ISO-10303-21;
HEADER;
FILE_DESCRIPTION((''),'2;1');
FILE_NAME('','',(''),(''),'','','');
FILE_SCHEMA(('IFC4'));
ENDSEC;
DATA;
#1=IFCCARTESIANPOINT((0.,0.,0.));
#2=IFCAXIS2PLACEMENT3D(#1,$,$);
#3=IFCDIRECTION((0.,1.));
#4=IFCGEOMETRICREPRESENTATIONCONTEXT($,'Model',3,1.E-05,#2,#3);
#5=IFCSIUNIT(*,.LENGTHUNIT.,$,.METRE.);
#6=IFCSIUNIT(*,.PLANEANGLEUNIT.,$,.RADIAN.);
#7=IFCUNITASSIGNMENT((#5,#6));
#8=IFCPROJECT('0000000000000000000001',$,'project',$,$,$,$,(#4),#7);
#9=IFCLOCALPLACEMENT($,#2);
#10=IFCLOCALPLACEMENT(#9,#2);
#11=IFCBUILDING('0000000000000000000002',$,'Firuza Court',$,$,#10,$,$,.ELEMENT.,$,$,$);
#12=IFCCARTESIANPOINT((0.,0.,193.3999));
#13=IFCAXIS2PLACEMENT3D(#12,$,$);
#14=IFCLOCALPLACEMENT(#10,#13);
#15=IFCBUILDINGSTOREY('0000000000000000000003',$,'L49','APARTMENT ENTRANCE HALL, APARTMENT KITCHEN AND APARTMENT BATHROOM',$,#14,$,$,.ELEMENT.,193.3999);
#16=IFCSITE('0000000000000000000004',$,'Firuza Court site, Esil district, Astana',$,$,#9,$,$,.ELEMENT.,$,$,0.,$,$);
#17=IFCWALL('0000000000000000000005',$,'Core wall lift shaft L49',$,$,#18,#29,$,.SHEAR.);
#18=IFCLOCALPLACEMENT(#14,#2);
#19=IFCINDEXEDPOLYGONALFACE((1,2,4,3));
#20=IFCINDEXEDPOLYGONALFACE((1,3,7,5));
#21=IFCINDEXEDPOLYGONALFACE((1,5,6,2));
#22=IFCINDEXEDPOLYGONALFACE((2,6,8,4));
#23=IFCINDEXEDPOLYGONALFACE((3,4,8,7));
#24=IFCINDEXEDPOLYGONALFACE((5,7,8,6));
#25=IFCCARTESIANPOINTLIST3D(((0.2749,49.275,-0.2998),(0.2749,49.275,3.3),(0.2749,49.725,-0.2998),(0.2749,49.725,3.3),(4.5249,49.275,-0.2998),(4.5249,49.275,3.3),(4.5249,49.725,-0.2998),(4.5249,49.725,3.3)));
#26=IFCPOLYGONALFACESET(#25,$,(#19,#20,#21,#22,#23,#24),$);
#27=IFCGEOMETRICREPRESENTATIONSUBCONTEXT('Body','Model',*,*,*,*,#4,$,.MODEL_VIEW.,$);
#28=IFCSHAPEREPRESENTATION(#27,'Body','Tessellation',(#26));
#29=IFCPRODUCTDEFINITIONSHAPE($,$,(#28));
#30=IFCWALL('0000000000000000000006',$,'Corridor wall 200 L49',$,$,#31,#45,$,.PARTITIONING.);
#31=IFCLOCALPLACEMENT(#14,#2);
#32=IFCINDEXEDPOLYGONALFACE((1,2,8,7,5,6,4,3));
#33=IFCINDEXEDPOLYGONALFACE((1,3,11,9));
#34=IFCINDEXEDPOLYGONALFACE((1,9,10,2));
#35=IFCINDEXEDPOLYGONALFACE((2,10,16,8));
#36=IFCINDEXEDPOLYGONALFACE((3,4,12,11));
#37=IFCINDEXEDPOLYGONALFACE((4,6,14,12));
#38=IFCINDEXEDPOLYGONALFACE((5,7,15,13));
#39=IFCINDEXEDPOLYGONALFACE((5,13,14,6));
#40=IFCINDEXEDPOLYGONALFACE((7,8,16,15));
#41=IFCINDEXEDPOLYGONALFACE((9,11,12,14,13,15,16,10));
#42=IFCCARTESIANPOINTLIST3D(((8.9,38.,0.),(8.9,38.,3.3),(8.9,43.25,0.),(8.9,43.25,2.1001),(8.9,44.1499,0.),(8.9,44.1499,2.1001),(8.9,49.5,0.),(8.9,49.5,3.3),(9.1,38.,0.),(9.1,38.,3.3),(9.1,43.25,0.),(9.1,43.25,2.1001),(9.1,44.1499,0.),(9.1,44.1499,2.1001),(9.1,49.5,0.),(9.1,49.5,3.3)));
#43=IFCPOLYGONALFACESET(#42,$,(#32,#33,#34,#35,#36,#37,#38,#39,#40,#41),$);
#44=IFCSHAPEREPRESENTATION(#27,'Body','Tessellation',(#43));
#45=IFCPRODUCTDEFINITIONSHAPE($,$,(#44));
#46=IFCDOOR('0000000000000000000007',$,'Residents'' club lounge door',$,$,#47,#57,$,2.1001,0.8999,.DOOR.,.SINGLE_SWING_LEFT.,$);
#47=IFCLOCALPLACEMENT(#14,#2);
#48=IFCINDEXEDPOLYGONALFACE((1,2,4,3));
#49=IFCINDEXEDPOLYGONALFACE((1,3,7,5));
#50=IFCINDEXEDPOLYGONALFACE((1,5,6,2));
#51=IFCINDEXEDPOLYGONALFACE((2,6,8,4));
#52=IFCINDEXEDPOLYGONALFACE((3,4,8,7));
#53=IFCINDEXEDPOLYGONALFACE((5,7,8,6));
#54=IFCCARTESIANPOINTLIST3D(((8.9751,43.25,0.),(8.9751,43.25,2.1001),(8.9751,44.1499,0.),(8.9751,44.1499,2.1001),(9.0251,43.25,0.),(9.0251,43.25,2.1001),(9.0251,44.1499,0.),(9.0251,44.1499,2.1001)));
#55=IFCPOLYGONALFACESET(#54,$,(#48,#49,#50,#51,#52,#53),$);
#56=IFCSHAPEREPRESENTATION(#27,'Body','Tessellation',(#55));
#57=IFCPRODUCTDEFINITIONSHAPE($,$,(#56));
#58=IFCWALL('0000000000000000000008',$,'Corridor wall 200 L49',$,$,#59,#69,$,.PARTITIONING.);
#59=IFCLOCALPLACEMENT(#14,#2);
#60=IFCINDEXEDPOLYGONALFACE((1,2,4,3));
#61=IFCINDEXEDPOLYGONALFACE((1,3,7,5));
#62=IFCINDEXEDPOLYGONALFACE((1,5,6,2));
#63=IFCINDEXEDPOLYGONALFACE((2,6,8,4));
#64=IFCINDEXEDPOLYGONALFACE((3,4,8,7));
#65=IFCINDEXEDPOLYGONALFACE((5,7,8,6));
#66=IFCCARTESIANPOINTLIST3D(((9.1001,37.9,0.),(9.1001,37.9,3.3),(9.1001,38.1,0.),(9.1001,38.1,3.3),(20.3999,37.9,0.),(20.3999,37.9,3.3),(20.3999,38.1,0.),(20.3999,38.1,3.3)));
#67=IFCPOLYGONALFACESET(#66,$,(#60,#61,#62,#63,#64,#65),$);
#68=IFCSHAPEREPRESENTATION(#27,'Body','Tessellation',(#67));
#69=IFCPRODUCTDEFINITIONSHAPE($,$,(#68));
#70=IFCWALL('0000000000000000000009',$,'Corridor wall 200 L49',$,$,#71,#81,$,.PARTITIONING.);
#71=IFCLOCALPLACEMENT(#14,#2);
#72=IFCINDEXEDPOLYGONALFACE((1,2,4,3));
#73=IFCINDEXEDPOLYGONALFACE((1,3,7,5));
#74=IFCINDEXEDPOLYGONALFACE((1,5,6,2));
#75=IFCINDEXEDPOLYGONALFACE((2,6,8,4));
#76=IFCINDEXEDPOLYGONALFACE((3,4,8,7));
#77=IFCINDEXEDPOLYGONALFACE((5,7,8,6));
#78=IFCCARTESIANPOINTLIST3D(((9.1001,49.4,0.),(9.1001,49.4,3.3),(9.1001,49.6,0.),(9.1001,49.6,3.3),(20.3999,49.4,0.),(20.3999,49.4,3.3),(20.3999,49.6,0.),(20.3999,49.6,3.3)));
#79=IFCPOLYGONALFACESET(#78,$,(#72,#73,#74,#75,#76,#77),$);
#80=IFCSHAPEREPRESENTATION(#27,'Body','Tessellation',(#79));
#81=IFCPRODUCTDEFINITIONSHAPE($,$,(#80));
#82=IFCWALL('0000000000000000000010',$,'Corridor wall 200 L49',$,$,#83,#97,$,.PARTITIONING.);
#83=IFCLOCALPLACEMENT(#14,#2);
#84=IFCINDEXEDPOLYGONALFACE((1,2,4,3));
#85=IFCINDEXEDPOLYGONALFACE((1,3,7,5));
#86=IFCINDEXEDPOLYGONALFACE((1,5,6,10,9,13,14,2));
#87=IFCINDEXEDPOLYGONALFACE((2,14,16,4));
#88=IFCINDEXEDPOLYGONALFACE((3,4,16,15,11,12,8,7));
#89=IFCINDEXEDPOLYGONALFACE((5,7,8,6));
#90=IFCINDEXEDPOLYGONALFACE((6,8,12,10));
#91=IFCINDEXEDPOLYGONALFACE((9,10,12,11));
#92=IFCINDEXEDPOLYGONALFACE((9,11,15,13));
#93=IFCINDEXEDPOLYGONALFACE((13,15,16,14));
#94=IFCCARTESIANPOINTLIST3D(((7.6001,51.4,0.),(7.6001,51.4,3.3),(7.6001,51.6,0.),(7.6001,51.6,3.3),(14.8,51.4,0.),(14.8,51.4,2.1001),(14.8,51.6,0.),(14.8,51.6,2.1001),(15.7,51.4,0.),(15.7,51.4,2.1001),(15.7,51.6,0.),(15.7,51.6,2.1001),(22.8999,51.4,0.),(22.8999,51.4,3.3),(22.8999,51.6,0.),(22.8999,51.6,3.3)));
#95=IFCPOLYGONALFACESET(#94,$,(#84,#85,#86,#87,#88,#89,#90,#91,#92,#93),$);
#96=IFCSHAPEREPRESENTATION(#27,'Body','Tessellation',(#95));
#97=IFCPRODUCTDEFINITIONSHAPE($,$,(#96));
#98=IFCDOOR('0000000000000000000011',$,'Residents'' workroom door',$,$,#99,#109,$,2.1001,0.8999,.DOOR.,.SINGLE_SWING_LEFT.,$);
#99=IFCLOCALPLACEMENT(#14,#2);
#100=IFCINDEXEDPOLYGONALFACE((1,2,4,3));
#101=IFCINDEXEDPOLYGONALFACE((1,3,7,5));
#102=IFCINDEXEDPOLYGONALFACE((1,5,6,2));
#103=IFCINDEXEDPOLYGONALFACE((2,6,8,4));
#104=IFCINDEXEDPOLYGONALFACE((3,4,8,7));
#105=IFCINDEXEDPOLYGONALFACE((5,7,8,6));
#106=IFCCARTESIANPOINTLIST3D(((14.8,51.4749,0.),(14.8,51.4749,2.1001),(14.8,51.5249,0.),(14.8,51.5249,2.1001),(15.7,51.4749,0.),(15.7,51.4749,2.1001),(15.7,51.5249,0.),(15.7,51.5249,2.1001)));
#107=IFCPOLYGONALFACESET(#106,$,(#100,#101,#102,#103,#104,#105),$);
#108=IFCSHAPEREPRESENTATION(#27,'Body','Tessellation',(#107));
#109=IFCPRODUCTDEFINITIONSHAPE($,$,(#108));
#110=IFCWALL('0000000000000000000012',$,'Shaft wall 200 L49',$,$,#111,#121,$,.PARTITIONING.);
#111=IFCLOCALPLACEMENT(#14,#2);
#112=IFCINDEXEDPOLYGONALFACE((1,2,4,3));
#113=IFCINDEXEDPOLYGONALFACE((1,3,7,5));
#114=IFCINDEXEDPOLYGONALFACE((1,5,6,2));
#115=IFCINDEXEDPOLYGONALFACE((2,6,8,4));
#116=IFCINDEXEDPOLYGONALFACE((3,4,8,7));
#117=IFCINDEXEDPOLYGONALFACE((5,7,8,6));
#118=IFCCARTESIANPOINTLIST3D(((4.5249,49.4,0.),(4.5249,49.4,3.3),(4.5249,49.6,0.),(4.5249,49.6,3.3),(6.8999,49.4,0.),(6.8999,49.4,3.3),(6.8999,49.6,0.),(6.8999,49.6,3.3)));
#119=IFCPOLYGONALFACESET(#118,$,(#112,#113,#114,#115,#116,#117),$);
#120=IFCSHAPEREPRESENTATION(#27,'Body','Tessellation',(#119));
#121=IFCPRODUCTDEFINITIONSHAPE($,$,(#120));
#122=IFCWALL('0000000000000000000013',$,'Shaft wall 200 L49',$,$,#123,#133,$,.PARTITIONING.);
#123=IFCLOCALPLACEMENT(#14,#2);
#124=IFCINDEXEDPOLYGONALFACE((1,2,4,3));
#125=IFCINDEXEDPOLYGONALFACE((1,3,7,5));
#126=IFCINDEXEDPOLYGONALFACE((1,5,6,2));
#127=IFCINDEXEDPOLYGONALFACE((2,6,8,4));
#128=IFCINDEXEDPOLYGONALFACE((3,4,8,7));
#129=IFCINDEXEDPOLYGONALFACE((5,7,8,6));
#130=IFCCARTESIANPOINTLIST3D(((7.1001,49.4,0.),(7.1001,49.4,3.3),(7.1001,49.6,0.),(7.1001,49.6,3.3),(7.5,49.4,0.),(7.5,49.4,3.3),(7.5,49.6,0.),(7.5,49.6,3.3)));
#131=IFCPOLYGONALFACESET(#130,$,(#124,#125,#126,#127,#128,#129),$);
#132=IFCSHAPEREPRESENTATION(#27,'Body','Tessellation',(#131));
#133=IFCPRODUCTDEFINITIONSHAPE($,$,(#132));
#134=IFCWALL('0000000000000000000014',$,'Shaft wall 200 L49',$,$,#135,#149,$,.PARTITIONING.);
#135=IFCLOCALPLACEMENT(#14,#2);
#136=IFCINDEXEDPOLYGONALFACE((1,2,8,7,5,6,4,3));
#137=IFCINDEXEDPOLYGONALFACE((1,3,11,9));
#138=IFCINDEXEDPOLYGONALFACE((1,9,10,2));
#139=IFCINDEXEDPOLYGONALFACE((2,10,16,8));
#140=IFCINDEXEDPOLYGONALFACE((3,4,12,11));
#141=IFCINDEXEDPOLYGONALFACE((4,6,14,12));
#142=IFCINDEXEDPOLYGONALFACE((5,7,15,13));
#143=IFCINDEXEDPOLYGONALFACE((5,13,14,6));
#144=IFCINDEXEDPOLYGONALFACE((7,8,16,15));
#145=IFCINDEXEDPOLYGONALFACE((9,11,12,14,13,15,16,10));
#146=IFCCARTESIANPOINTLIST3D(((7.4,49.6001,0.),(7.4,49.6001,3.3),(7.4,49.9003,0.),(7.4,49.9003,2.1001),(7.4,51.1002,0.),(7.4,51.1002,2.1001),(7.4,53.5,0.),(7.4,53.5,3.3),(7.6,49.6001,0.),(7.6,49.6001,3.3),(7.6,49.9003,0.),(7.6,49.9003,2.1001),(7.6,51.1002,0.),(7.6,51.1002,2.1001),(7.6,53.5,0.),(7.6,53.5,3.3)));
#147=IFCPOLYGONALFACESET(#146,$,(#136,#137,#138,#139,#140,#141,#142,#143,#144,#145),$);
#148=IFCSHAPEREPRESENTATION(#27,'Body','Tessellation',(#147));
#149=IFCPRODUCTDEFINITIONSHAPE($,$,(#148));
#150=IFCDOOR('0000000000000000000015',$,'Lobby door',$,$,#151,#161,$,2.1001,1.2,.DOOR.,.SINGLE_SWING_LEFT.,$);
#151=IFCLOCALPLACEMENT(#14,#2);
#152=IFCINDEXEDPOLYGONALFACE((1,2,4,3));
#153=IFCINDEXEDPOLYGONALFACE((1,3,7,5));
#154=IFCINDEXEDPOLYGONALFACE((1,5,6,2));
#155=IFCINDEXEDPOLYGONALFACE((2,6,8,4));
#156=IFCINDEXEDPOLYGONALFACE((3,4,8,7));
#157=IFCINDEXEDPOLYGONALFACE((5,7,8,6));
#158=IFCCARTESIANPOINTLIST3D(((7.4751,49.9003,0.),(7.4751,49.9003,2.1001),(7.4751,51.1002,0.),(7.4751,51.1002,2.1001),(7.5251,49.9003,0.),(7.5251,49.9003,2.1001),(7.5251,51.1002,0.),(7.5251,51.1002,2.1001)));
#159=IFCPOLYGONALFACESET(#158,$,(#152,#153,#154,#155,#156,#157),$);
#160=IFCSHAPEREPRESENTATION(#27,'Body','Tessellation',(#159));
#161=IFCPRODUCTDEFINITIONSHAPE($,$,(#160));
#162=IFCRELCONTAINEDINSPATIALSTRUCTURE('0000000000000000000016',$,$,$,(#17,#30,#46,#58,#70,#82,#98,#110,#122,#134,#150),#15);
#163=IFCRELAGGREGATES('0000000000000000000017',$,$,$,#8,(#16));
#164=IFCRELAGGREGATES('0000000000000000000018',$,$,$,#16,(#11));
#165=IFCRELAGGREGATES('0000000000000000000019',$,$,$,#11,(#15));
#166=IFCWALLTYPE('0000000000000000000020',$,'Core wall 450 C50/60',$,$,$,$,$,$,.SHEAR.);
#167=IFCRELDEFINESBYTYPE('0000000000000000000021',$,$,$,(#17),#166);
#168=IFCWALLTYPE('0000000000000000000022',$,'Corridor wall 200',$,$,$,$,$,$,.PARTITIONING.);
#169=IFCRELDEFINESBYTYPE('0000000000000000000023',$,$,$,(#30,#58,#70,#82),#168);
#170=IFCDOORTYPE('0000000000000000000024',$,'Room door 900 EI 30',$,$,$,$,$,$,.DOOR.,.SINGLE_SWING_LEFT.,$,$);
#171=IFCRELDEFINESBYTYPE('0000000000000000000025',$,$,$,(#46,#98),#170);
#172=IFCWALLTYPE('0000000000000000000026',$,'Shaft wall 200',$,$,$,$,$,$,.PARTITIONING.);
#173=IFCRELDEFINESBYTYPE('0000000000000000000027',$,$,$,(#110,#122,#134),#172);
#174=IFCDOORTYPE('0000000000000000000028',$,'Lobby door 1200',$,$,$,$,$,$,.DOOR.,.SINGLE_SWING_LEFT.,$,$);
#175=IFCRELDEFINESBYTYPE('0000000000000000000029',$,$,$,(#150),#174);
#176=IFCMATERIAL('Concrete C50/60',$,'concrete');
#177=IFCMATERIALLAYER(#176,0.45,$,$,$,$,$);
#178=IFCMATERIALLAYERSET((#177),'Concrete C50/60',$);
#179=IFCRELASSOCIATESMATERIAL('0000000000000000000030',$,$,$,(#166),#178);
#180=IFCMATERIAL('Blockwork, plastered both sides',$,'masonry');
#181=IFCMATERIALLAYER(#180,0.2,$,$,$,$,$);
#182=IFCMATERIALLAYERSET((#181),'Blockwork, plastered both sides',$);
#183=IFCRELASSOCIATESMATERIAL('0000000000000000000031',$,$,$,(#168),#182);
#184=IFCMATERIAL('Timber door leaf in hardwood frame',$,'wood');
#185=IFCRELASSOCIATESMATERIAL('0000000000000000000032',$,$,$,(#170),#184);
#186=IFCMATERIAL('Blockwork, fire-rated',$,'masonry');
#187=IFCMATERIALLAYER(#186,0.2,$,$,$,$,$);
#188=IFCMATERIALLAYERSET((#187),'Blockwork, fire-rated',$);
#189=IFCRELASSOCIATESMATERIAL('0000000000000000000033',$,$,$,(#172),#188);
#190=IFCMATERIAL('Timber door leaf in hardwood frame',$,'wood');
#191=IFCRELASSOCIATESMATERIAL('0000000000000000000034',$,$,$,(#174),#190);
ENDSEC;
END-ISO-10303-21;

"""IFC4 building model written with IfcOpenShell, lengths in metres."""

from ifc_helpers import new_model, si_unit, direction, frame, frame_2d, origin, place, context, subcontext, project, spatial, rectangle, extrude, material, layer, layer_set, type_object, element, fill, save


model = new_model("IFC4")

# Units and contexts
model_context = context("Model", 3, precision=1e-05, world=origin(), true_north=direction((0.0, 1.0)))
body_context = subcontext(model_context, "Body", "Model", "MODEL_VIEW")
ifc_project = project(units=[si_unit("LENGTHUNIT", "METRE"), si_unit("PLANEANGLEUNIT", "RADIAN")], contexts=[model_context])

# Site, building, storey
site_placement = place(None, origin())
site = spatial("IfcSite", under=ifc_project, at=site_placement, Name="Firuza Court site, Esil district, Astana", CompositionType="ELEMENT", RefElevation=0.0)
building_placement = place(site_placement, origin())
building = spatial("IfcBuilding", under=site, at=building_placement, Name="Firuza Court", CompositionType="ELEMENT")
storey_placement = place(building_placement, frame((0.0, 0.0, 193.3999)))
storey = spatial("IfcBuildingStorey", under=building, at=storey_placement, Name="L49", Description="APARTMENT ENTRANCE HALL, APARTMENT KITCHEN AND APARTMENT BATHROOM", CompositionType="ELEMENT", Elevation=193.3999)

# Shared definitions
ifc_material_1 = material(Name="Concrete C50/60", Category="concrete")

# Wall
ifc_layer_1 = layer(ifc_material_1, 0.45)
ifc_layer_set_1 = layer_set([ifc_layer_1], Name="Concrete C50/60")
wall_type_1 = type_object("IfcWallType", Name="Core wall 450 C50/60", PredefinedType="SHEAR", material=ifc_layer_set_1)
wall_1_placement = place(storey_placement, frame((0.2749, 49.5, -0.2998), z_axis=(0.0, 0.0, 1.0), x_axis=(1.0, 0.0, 0.0)))
element("IfcWall", 1, at=wall_1_placement, inside=storey, type_object=wall_type_1, Name="Core wall lift shaft L49", PredefinedType="SHEAR", context=body_context, shape_type="SweptSolid", body=[
    extrude(rectangle(XDim=4.25, YDim=0.45, at=frame_2d((2.125, 0.0))), origin(), (0.0, 0.0, 1.0), 3.5999),
])

# Wall, opening, door
ifc_material_2 = material(Name="Blockwork, plastered both sides", Category="masonry")
ifc_layer_2 = layer(ifc_material_2, 0.2)
ifc_layer_set_2 = layer_set([ifc_layer_2], Name="Blockwork, plastered both sides")
wall_type_2 = type_object("IfcWallType", Name="Corridor wall 200", PredefinedType="PARTITIONING", material=ifc_layer_set_2)
wall_2_placement = place(storey_placement, frame((9.0, 38.0, 0.0), z_axis=(0.0, 0.0, 1.0), x_axis=(0.0, 1.0, 0.0)))
wall_2 = element("IfcWall", 2, at=wall_2_placement, inside=storey, type_object=wall_type_2, Name="Corridor wall 200 L49", PredefinedType="PARTITIONING", context=body_context, shape_type="SweptSolid", body=[
    extrude(rectangle(XDim=11.5, YDim=0.2, at=frame_2d((5.75, 0.0))), origin(), (0.0, 0.0, 1.0), 3.3),
])
opening_1_placement = place(wall_2_placement, frame((5.25, 0.0, 0.0)))
opening_1 = element("IfcOpeningElement", 3, at=opening_1_placement, cuts=wall_2, PredefinedType="OPENING", context=body_context, shape_type="SweptSolid", body=[
    extrude(rectangle(XDim=0.8999, YDim=2.1001, at=frame_2d((0.45, 1.05))), frame((0.0, 0.1118, 0.0), z_axis=(0.0, -1.0, 0.0), x_axis=(1.0, 0.0, 0.0)), (0.0, 0.0, 1.0), 0.2239),
])
ifc_material_3 = material(Name="Timber door leaf in hardwood frame", Category="wood")
door_type_1 = type_object("IfcDoorType", Name="Room door 900 EI 30", OperationType="SINGLE_SWING_LEFT", PredefinedType="DOOR", material=ifc_material_3)
door_1_placement = place(opening_1_placement, origin())
door_1 = element("IfcDoor", 4, at=door_1_placement, inside=storey, type_object=door_type_1, Name="Residents' club lounge door", OperationType="SINGLE_SWING_LEFT", OverallHeight=2.1001, OverallWidth=0.8999, PredefinedType="DOOR", context=body_context, shape_type="SweptSolid", body=[
    extrude(rectangle(XDim=0.8999, YDim=2.1001, at=frame_2d((0.45, 1.05))), frame((0.0, 0.0249, 0.0), z_axis=(0.0, -1.0, 0.0), x_axis=(1.0, 0.0, 0.0)), (0.0, 0.0, 1.0), 0.05),
])
fill(opening_1, door_1)

# Walls
for number, where, z_axis, x_axis, name in (
    (5, (9.1001, 38.0, 0.0), (0.0, 0.0, 1.0), (1.0, 0.0, 0.0), "Corridor wall 200 L49"),
    (6, (9.1001, 49.5, 0.0), (0.0, 0.0, 1.0), (1.0, 0.0, 0.0), "Corridor wall 200 L49"),
):
    element("IfcWall", number, at=place(storey_placement, frame(where, z_axis=z_axis, x_axis=x_axis)), inside=storey, type_object=wall_type_2, Name=name, PredefinedType="PARTITIONING", context=body_context, shape_type="SweptSolid", body=[
        extrude(rectangle(XDim=11.2998, YDim=0.2, at=frame_2d((5.6499, 0.0))), origin(), (0.0, 0.0, 1.0), 3.3),
    ])

# Wall, opening, door
wall_3_placement = place(storey_placement, frame((7.6001, 51.5, 0.0), z_axis=(0.0, 0.0, 1.0), x_axis=(1.0, 0.0, 0.0)))
wall_3 = element("IfcWall", 7, at=wall_3_placement, inside=storey, type_object=wall_type_2, Name="Corridor wall 200 L49", PredefinedType="PARTITIONING", context=body_context, shape_type="SweptSolid", body=[
    extrude(rectangle(XDim=15.2998, YDim=0.2, at=frame_2d((7.6499, 0.0))), origin(), (0.0, 0.0, 1.0), 3.3),
])
opening_2_placement = place(wall_3_placement, frame((7.2, 0.0, 0.0)))
opening_2 = element("IfcOpeningElement", 8, at=opening_2_placement, cuts=wall_3, PredefinedType="OPENING", context=body_context, shape_type="SweptSolid", body=[
    extrude(rectangle(XDim=0.8999, YDim=2.1001, at=frame_2d((0.45, 1.05))), frame((0.0, 0.1118, 0.0), z_axis=(0.0, -1.0, 0.0), x_axis=(1.0, 0.0, 0.0)), (0.0, 0.0, 1.0), 0.2239),
])
door_2_placement = place(opening_2_placement, origin())
door_2 = element("IfcDoor", 9, at=door_2_placement, inside=storey, type_object=door_type_1, Name="Residents' workroom door", OperationType="SINGLE_SWING_LEFT", OverallHeight=2.1001, OverallWidth=0.8999, PredefinedType="DOOR", context=body_context, shape_type="SweptSolid", body=[
    extrude(rectangle(XDim=0.8999, YDim=2.1001, at=frame_2d((0.45, 1.05))), frame((0.0, 0.0249, 0.0), z_axis=(0.0, -1.0, 0.0), x_axis=(1.0, 0.0, 0.0)), (0.0, 0.0, 1.0), 0.05),
])
fill(opening_2, door_2)

# Walls
ifc_material_4 = material(Name="Blockwork, fire-rated", Category="masonry")
ifc_layer_3 = layer(ifc_material_4, 0.2)
ifc_layer_set_3 = layer_set([ifc_layer_3], Name="Blockwork, fire-rated")
wall_type_3 = type_object("IfcWallType", Name="Shaft wall 200", PredefinedType="PARTITIONING", material=ifc_layer_set_3)
wall_4_placement = place(storey_placement, frame((4.5249, 49.5, 0.0), z_axis=(0.0, 0.0, 1.0), x_axis=(1.0, 0.0, 0.0)))
element("IfcWall", 10, at=wall_4_placement, inside=storey, type_object=wall_type_3, Name="Shaft wall 200 L49", PredefinedType="PARTITIONING", context=body_context, shape_type="SweptSolid", body=[
    extrude(rectangle(XDim=2.375, YDim=0.2, at=frame_2d((1.1875, 0.0))), origin(), (0.0, 0.0, 1.0), 3.3),
])
wall_5_placement = place(storey_placement, frame((7.1001, 49.5, 0.0), z_axis=(0.0, 0.0, 1.0), x_axis=(1.0, 0.0, 0.0)))
element("IfcWall", 11, at=wall_5_placement, inside=storey, type_object=wall_type_3, Name="Shaft wall 200 L49", PredefinedType="PARTITIONING", context=body_context, shape_type="SweptSolid", body=[
    extrude(rectangle(XDim=0.3999, YDim=0.2, at=frame_2d((0.2, 0.0))), origin(), (0.0, 0.0, 1.0), 3.3),
])

# Wall, opening, door
wall_6_placement = place(storey_placement, frame((7.5, 49.6001, 0.0), z_axis=(0.0, 0.0, 1.0), x_axis=(0.0, 1.0, 0.0)))
wall_6 = element("IfcWall", 12, at=wall_6_placement, inside=storey, type_object=wall_type_3, Name="Shaft wall 200 L49", PredefinedType="PARTITIONING", context=body_context, shape_type="SweptSolid", body=[
    extrude(rectangle(XDim=3.8999, YDim=0.2, at=frame_2d((1.95, 0.0))), origin(), (0.0, 0.0, 1.0), 3.3),
])
opening_3_placement = place(wall_6_placement, frame((0.3, 0.0, 0.0)))
opening_3 = element("IfcOpeningElement", 13, at=opening_3_placement, cuts=wall_6, PredefinedType="OPENING", context=body_context, shape_type="SweptSolid", body=[
    extrude(rectangle(XDim=1.2, YDim=2.1001, at=frame_2d((0.6001, 1.05))), frame((0.0, 0.1118, 0.0), z_axis=(0.0, -1.0, 0.0), x_axis=(1.0, 0.0, 0.0)), (0.0, 0.0, 1.0), 0.2239),
])
ifc_material_5 = material(Name="Timber door leaf in hardwood frame", Category="wood")
door_type_2 = type_object("IfcDoorType", Name="Lobby door 1200", OperationType="SINGLE_SWING_LEFT", PredefinedType="DOOR", material=ifc_material_5)
door_3_placement = place(opening_3_placement, origin())
door_3 = element("IfcDoor", 14, at=door_3_placement, inside=storey, type_object=door_type_2, Name="Lobby door", OperationType="SINGLE_SWING_LEFT", OverallHeight=2.1001, OverallWidth=1.2, PredefinedType="DOOR", context=body_context, shape_type="SweptSolid", body=[
    extrude(rectangle(XDim=1.2, YDim=2.1001, at=frame_2d((0.6001, 1.05))), frame((0.0, 0.0249, 0.0), z_axis=(0.0, -1.0, 0.0), x_axis=(1.0, 0.0, 0.0)), (0.0, 0.0, 1.0), 0.05),
])
fill(opening_3, door_3)

save(model, "model.ifc")
